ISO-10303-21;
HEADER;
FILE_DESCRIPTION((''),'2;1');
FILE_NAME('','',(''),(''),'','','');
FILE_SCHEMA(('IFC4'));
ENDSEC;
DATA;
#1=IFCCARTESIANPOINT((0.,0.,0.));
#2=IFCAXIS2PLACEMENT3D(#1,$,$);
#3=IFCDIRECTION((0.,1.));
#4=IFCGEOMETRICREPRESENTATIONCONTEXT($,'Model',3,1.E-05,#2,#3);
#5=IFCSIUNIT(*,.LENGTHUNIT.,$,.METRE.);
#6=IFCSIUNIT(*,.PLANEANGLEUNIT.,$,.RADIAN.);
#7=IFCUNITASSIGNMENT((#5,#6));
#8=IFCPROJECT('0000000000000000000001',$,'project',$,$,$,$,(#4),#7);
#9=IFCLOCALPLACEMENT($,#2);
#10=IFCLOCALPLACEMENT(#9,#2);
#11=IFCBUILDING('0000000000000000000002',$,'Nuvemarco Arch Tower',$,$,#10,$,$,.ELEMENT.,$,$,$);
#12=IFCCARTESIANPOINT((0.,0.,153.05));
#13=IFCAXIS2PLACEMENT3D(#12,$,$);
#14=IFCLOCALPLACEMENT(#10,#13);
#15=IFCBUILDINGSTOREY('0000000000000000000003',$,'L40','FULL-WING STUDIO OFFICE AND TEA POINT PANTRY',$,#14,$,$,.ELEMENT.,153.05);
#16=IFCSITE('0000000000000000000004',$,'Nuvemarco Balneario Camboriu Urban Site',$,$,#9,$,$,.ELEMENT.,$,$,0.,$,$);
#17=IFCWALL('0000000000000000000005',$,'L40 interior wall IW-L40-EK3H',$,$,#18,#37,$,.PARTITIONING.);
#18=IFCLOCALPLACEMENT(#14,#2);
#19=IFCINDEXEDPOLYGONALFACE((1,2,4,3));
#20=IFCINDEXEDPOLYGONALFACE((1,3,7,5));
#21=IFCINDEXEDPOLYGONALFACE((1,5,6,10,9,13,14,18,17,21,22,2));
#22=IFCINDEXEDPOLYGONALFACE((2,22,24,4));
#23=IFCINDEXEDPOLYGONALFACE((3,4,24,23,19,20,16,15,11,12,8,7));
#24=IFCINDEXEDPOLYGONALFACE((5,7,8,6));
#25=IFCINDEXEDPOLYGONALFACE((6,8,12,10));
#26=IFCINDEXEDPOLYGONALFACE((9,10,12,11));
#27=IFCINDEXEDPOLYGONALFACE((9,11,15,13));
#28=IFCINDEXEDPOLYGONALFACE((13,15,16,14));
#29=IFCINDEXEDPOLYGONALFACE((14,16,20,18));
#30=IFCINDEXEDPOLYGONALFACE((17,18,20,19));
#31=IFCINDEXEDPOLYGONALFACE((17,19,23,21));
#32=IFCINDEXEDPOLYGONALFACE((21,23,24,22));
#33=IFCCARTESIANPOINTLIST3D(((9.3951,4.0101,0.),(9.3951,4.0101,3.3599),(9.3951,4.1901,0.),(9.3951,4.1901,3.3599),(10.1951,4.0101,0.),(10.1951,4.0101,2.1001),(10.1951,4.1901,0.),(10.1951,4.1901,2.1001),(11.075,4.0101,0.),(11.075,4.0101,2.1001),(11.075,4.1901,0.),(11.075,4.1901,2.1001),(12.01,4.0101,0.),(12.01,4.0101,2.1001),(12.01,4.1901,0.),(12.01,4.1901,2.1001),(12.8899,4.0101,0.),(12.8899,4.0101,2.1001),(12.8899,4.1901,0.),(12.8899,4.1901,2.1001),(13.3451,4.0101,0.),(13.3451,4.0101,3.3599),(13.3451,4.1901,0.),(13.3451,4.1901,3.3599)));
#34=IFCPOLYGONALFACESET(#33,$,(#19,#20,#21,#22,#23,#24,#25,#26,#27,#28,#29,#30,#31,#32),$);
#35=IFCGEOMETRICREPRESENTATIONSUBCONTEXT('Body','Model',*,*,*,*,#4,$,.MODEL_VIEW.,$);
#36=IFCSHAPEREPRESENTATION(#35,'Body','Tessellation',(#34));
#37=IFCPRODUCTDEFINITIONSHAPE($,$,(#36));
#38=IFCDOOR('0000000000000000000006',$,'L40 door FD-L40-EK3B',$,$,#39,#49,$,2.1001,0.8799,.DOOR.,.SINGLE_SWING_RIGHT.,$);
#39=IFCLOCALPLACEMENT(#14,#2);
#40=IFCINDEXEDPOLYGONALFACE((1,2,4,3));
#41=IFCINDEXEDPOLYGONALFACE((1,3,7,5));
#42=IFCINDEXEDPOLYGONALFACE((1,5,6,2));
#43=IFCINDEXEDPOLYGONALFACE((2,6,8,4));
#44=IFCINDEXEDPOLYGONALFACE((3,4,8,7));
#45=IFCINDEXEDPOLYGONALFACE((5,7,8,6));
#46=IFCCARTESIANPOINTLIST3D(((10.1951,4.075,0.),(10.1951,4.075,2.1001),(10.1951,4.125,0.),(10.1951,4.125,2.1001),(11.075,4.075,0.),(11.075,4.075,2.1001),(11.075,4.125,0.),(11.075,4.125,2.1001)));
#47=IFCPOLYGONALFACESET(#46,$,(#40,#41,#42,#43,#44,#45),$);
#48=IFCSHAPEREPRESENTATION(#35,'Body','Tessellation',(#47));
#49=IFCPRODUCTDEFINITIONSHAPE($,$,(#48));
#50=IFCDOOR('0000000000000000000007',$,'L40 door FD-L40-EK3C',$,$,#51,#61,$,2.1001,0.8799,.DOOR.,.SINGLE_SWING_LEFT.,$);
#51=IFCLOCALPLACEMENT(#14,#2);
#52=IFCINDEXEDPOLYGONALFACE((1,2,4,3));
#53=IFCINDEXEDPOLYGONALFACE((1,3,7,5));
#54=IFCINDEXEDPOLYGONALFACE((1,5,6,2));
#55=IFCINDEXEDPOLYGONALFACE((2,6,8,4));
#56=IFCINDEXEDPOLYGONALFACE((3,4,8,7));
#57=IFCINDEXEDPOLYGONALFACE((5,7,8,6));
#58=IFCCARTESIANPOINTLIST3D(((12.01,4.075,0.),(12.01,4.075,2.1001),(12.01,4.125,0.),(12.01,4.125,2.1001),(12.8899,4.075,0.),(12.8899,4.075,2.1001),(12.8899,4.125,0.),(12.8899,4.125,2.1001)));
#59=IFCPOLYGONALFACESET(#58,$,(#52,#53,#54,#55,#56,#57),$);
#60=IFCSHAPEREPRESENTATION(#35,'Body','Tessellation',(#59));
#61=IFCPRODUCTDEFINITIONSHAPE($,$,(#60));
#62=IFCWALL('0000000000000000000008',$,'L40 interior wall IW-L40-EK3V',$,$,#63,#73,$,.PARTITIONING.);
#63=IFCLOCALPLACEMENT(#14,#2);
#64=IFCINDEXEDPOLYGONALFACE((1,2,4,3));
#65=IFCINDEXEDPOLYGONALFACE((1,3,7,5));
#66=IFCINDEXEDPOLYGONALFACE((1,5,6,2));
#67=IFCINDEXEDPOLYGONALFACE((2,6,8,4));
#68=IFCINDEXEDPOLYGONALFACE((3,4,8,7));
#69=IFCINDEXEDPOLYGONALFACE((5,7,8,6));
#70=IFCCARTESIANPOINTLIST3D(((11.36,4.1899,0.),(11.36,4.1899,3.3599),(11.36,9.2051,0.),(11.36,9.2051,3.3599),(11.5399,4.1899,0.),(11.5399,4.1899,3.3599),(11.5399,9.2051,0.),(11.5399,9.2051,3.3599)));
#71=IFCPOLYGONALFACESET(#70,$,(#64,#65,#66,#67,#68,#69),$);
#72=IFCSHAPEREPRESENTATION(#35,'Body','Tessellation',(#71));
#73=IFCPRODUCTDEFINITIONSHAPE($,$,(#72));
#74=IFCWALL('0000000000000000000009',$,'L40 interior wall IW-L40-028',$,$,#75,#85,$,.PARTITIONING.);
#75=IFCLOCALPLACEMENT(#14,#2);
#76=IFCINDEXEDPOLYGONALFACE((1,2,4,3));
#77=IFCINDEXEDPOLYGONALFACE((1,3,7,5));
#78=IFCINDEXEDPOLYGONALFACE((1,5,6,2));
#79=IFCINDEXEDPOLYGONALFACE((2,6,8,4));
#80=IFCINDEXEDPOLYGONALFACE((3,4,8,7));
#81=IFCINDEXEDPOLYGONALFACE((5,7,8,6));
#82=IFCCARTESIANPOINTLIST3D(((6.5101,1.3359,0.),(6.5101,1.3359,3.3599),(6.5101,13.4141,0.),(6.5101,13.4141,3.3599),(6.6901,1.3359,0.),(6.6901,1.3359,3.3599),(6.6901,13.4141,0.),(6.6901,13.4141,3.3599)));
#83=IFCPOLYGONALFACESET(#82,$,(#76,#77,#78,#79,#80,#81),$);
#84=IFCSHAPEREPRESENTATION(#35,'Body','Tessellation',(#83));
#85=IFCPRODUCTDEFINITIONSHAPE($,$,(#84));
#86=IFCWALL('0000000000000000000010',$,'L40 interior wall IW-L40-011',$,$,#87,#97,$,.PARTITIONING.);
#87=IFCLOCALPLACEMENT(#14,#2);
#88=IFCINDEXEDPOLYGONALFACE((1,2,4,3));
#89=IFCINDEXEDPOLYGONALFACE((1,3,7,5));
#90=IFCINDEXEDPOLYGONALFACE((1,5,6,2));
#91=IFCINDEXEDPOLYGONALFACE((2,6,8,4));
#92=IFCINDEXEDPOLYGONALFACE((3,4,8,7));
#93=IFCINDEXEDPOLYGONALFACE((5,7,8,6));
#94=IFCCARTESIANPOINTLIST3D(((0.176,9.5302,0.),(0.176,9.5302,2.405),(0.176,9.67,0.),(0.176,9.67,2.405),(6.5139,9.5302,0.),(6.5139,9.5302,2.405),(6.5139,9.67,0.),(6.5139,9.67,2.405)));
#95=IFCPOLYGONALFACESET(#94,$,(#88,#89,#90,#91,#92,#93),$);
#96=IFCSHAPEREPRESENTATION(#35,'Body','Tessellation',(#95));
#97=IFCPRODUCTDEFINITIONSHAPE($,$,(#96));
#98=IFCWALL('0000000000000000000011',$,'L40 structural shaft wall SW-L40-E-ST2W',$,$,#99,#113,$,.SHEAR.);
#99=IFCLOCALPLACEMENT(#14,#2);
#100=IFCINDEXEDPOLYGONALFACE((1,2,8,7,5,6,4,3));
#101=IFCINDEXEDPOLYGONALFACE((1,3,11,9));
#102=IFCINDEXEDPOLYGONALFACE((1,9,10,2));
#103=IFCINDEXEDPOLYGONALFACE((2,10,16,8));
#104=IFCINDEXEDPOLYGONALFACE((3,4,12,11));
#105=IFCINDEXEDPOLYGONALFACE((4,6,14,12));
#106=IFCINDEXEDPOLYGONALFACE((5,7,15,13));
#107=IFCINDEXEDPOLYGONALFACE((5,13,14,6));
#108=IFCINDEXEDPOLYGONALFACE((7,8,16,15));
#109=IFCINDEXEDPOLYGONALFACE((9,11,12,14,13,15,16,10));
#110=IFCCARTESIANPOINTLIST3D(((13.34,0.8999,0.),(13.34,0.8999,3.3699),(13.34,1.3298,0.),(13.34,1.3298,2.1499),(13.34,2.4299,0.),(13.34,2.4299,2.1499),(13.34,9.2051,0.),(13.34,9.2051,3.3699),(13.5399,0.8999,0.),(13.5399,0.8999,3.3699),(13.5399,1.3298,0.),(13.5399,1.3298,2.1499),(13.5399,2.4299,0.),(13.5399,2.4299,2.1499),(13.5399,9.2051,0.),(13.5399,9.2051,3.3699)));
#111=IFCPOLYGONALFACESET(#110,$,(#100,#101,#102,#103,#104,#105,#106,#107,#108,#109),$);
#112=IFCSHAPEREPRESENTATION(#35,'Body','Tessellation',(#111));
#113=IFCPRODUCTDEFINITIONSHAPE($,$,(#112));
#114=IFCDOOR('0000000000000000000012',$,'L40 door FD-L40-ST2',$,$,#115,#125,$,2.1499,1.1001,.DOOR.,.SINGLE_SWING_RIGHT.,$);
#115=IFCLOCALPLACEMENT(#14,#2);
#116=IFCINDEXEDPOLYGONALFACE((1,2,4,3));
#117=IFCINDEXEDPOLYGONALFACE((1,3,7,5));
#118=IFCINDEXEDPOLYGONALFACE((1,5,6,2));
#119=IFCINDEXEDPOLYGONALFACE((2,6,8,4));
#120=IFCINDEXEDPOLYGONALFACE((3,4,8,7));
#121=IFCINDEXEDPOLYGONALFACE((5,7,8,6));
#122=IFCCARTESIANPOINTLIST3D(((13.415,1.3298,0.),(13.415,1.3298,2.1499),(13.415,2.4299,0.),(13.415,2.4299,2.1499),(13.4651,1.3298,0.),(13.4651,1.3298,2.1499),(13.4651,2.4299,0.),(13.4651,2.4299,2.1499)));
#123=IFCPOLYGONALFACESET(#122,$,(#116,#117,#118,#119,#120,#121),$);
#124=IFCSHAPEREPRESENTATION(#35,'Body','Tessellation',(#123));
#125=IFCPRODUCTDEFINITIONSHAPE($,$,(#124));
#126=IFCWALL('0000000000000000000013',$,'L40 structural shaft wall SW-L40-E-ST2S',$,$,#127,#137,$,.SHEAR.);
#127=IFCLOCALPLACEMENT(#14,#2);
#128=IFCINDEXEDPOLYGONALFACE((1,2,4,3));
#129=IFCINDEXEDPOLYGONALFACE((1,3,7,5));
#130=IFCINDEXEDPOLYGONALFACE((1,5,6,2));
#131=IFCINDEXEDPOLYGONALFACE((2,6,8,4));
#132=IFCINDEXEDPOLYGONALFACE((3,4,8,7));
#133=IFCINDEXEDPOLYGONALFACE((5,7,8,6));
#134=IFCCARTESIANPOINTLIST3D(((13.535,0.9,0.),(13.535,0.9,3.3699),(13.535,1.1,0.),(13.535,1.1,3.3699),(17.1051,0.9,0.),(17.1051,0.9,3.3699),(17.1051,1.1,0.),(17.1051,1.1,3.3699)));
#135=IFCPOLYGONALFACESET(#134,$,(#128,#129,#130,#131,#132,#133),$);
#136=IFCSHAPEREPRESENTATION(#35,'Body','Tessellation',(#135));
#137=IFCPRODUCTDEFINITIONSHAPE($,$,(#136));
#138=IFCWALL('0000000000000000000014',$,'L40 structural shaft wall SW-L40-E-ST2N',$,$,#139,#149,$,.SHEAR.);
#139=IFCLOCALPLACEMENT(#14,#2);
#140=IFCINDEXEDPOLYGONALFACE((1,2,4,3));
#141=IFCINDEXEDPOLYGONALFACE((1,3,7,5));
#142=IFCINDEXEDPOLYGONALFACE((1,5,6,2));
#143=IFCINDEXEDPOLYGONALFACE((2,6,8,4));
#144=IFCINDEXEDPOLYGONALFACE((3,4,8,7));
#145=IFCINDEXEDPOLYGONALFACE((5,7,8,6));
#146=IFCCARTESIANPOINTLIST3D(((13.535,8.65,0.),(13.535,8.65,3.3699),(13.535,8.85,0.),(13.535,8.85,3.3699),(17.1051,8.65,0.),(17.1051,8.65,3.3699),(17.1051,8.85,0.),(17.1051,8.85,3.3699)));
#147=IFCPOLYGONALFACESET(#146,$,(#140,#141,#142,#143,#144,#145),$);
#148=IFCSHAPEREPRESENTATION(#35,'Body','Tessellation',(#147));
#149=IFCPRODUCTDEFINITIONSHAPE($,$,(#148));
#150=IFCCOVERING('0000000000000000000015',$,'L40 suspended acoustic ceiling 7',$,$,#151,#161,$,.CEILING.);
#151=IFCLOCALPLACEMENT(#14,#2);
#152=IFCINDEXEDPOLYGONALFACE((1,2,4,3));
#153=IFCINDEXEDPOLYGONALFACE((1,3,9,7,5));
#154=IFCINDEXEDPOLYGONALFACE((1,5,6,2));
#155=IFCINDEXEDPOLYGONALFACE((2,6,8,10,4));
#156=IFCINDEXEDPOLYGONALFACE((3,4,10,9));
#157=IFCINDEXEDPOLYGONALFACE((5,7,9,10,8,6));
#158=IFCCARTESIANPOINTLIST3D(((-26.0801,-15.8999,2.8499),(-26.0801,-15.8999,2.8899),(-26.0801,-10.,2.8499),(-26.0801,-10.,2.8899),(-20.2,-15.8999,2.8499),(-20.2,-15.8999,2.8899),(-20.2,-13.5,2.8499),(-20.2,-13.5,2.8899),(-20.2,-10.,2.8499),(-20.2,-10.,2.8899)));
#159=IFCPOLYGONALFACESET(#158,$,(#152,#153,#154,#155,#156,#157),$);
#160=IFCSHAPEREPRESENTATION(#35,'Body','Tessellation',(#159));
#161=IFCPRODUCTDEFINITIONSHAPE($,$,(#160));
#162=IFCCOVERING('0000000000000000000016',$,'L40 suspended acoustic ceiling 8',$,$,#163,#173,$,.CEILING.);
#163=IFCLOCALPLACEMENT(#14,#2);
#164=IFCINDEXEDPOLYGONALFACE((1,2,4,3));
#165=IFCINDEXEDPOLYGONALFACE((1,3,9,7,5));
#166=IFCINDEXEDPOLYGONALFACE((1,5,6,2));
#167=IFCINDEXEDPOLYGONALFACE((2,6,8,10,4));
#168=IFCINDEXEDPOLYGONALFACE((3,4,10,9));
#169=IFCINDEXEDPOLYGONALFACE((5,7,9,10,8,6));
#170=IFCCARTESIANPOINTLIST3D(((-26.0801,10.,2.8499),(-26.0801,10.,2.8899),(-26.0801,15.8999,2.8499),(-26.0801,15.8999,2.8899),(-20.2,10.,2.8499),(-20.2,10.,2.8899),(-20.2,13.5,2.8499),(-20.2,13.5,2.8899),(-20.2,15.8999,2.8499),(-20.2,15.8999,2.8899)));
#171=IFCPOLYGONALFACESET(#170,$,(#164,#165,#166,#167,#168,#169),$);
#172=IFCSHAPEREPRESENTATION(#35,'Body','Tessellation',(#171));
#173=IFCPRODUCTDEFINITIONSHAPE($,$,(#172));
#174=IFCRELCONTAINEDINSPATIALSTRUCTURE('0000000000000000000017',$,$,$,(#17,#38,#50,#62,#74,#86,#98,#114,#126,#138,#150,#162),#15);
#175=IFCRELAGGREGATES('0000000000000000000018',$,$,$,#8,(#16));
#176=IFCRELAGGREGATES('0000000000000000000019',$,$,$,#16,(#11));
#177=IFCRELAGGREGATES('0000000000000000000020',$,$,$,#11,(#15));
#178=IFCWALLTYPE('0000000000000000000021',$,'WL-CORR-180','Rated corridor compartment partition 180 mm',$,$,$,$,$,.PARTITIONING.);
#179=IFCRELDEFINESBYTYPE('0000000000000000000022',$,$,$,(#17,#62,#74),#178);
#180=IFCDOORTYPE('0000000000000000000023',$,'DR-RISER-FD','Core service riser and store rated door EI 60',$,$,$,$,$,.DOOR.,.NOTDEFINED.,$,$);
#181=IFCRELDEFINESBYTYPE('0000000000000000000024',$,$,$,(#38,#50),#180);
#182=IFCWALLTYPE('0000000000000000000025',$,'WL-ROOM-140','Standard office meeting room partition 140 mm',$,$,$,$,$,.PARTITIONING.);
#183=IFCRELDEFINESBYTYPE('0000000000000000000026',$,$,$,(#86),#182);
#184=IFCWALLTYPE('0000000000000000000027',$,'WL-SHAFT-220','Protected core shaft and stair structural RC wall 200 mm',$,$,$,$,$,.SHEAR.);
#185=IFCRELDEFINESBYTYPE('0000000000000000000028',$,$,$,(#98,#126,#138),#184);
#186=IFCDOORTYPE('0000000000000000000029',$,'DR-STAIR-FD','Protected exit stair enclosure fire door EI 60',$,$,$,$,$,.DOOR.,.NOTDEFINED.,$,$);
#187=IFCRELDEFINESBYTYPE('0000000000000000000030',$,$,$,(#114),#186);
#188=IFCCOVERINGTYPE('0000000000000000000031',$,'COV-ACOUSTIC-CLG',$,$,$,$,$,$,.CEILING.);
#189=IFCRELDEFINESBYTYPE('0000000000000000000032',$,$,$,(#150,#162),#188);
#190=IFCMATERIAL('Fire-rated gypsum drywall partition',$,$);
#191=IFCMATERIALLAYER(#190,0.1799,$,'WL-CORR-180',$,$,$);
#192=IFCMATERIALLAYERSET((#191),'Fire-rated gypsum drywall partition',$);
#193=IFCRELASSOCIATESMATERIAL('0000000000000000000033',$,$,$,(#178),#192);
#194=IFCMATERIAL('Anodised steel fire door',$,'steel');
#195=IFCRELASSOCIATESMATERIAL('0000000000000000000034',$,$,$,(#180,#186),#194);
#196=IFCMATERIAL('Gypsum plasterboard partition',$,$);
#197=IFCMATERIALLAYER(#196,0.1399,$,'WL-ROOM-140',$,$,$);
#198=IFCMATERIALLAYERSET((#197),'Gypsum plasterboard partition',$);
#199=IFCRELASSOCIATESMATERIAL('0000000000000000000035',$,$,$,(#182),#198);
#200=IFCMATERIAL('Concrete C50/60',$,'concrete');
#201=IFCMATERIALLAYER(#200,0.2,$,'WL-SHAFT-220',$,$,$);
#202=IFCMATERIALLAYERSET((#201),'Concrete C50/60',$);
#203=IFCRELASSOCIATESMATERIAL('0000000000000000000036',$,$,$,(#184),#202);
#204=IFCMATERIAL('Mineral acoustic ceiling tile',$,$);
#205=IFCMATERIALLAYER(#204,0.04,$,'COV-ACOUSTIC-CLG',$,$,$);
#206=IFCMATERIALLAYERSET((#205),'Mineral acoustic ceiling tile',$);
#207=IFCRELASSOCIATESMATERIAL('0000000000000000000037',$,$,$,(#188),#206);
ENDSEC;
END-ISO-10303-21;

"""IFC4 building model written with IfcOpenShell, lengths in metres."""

from ifc_helpers import new_model, si_unit, direction, frame, frame_2d, origin, place, context, subcontext, project, spatial, polyline, rectangle, outline, extrude, source, transform, mapped, material, layer, layer_set, type_object, type_shapes, element, fill, save


model = new_model("IFC4")

# Units and contexts
model_context = context("Model", 3, precision=1e-05, world=origin(), true_north=direction((0.0, 1.0)))
body_context = subcontext(model_context, "Body", "Model", "MODEL_VIEW")
ifc_project = project(units=[si_unit("LENGTHUNIT", "METRE"), si_unit("PLANEANGLEUNIT", "RADIAN")], contexts=[model_context])

# Site, building, storey
site_placement = place(None, origin())
site = spatial("IfcSite", under=ifc_project, at=site_placement, Name="Nuvemarco Balneario Camboriu Urban Site", CompositionType="ELEMENT", RefElevation=0.0)
building_placement = place(site_placement, origin())
building = spatial("IfcBuilding", under=site, at=building_placement, Name="Nuvemarco Arch Tower", CompositionType="ELEMENT")
storey_placement = place(building_placement, frame((0.0, 0.0, 153.05)))
storey = spatial("IfcBuildingStorey", under=building, at=storey_placement, Name="L40", Description="FULL-WING STUDIO OFFICE AND TEA POINT PANTRY", CompositionType="ELEMENT", Elevation=153.05)

# Shared definitions
ifc_material_1 = material(Name="Concrete C50/60", Category="concrete")

# Shared definitions
ifc_material_2 = material(Name="Fire-rated gypsum drywall partition")
ifc_layer_1 = layer(ifc_material_2, 0.1799, Name="WL-CORR-180")
ifc_layer_set_1 = layer_set([ifc_layer_1], Name="Fire-rated gypsum drywall partition")
wall_type_1 = type_object("IfcWallType", Name="WL-CORR-180", Description="Rated corridor compartment partition 180 mm", PredefinedType="PARTITIONING", material=ifc_layer_set_1)
ifc_material_3 = material(Name="Anodised steel fire door", Category="steel")
door_type_1 = type_object("IfcDoorType", Name="DR-RISER-FD", Description="Core service riser and store rated door EI 60", OperationType="NOTDEFINED", PredefinedType="DOOR", material=ifc_material_3)
shared_shape_1 = source(origin(), body_context, "Body", "SweptSolid", [
    extrude(rectangle(XDim=0.8799, YDim=2.1001, at=frame_2d((0.4399, 1.05))), frame((0.0, 0.0249, 0.0), z_axis=(0.0, -1.0, 0.0), x_axis=(1.0, 0.0, 0.0)), (0.0, 0.0, 1.0), 0.05),
])
type_shapes(door_type_1, [shared_shape_1])

# Wall, openings, doors
wall_1_placement = place(storey_placement, frame((9.395, 4.1001, 0.0), z_axis=(0.0, 0.0, 1.0), x_axis=(1.0, 0.0, 0.0)))
wall_1 = element("IfcWall", 1, at=wall_1_placement, inside=storey, type_object=wall_type_1, Name="L40 interior wall IW-L40-EK3H", PredefinedType="PARTITIONING", context=body_context, shape_type="SweptSolid", body=[
    extrude(rectangle(XDim=3.95, YDim=0.1799, at=frame_2d((1.9751, 0.0))), origin(), (0.0, 0.0, 1.0), 3.3599),
])
opening_1_placement = place(wall_1_placement, frame((0.8, 0.0, 0.0)))
opening_1 = element("IfcOpeningElement", 2, at=opening_1_placement, cuts=wall_1, PredefinedType="OPENING", context=body_context, shape_type="SweptSolid", body=[
    extrude(rectangle(XDim=0.8799, YDim=2.1001, at=frame_2d((0.4399, 1.05))), frame((0.0, 0.0999, 0.0), z_axis=(0.0, -1.0, 0.0), x_axis=(1.0, 0.0, 0.0)), (0.0, 0.0, 1.0), 0.2),
])
opening_2_placement = place(wall_1_placement, frame((2.615, 0.0, 0.0)))
opening_2 = element("IfcOpeningElement", 3, at=opening_2_placement, cuts=wall_1, PredefinedType="OPENING", context=body_context, shape_type="SweptSolid", body=[
    extrude(rectangle(XDim=0.8799, YDim=2.1001, at=frame_2d((0.4399, 1.05))), frame((0.0, 0.0999, 0.0), z_axis=(0.0, -1.0, 0.0), x_axis=(1.0, 0.0, 0.0)), (0.0, 0.0, 1.0), 0.2),
])
door_1_placement = place(opening_1_placement, origin())
door_1 = element("IfcDoor", 4, at=door_1_placement, inside=storey, type_object=door_type_1, Name="L40 door FD-L40-EK3B", OperationType="SINGLE_SWING_RIGHT", OverallHeight=2.1001, OverallWidth=0.8799, PredefinedType="DOOR", context=body_context, shape_type="MappedRepresentation", body=[
    mapped(shared_shape_1, transform((0.0, 0.0, 0.0), scale=1.0)),
])
fill(opening_1, door_1)
door_2_placement = place(opening_2_placement, origin())
door_2 = element("IfcDoor", 5, at=door_2_placement, inside=storey, type_object=door_type_1, Name="L40 door FD-L40-EK3C", OperationType="SINGLE_SWING_LEFT", OverallHeight=2.1001, OverallWidth=0.8799, PredefinedType="DOOR", context=body_context, shape_type="MappedRepresentation", body=[
    mapped(shared_shape_1, transform((0.0, 0.0, 0.0), scale=1.0)),
])
fill(opening_2, door_2)

# Walls
wall_2_placement = place(storey_placement, frame((11.45, 4.1899, 0.0), z_axis=(0.0, 0.0, 1.0), x_axis=(0.0, 1.0, 0.0)))
element("IfcWall", 6, at=wall_2_placement, inside=storey, type_object=wall_type_1, Name="L40 interior wall IW-L40-EK3V", PredefinedType="PARTITIONING", context=body_context, shape_type="SweptSolid", body=[
    extrude(rectangle(XDim=5.0151, YDim=0.1799, at=frame_2d((2.5076, 0.0))), origin(), (0.0, 0.0, 1.0), 3.3599),
])
wall_3_placement = place(storey_placement, frame((6.6001, 1.3359, 0.0), z_axis=(0.0, 0.0, 1.0), x_axis=(0.0, 1.0, 0.0)))
element("IfcWall", 7, at=wall_3_placement, inside=storey, type_object=wall_type_1, Name="L40 interior wall IW-L40-028", PredefinedType="PARTITIONING", context=body_context, shape_type="SweptSolid", body=[
    extrude(rectangle(XDim=12.0781, YDim=0.1799, at=frame_2d((6.0391, 0.0))), origin(), (0.0, 0.0, 1.0), 3.3599),
])
ifc_material_4 = material(Name="Gypsum plasterboard partition")
ifc_layer_2 = layer(ifc_material_4, 0.1399, Name="WL-ROOM-140")
ifc_layer_set_2 = layer_set([ifc_layer_2], Name="Gypsum plasterboard partition")
wall_type_2 = type_object("IfcWallType", Name="WL-ROOM-140", Description="Standard office meeting room partition 140 mm", PredefinedType="PARTITIONING", material=ifc_layer_set_2)
wall_4_placement = place(storey_placement, frame((0.176, 9.6001, 0.0), z_axis=(0.0, 0.0, 1.0), x_axis=(1.0, 0.0, 0.0)))
element("IfcWall", 8, at=wall_4_placement, inside=storey, type_object=wall_type_2, Name="L40 interior wall IW-L40-011", PredefinedType="PARTITIONING", context=body_context, shape_type="SweptSolid", body=[
    extrude(rectangle(XDim=6.3379, YDim=0.1399, at=frame_2d((3.1689, 0.0))), origin(), (0.0, 0.0, 1.0), 2.405),
])

# Wall, opening, door
ifc_layer_3 = layer(ifc_material_1, 0.2, Name="WL-SHAFT-220")
ifc_layer_set_3 = layer_set([ifc_layer_3], Name="Concrete C50/60")
wall_type_3 = type_object("IfcWallType", Name="WL-SHAFT-220", Description="Protected core shaft and stair structural RC wall 200 mm", PredefinedType="SHEAR", material=ifc_layer_set_3)
wall_5_placement = place(storey_placement, frame((13.4399, 0.8999, 0.0), z_axis=(0.0, 0.0, 1.0), x_axis=(0.0, 1.0, 0.0)))
wall_5 = element("IfcWall", 9, at=wall_5_placement, inside=storey, type_object=wall_type_3, Name="L40 structural shaft wall SW-L40-E-ST2W", PredefinedType="SHEAR", context=body_context, shape_type="SweptSolid", body=[
    extrude(rectangle(XDim=8.3052, YDim=0.2, at=frame_2d((4.1526, 0.0))), origin(), (0.0, 0.0, 1.0), 3.3699),
])
opening_3_placement = place(wall_5_placement, frame((0.4299, 0.0, 0.0)))
opening_3 = element("IfcOpeningElement", 10, at=opening_3_placement, cuts=wall_5, PredefinedType="OPENING", context=body_context, shape_type="SweptSolid", body=[
    extrude(rectangle(XDim=1.1001, YDim=2.1499, at=frame_2d((0.55, 1.075))), frame((0.0, 0.1099, 0.0), z_axis=(0.0, -1.0, 0.0), x_axis=(1.0, 0.0, 0.0)), (0.0, 0.0, 1.0), 0.22),
])
door_type_2 = type_object("IfcDoorType", Name="DR-STAIR-FD", Description="Protected exit stair enclosure fire door EI 60", OperationType="NOTDEFINED", PredefinedType="DOOR", material=ifc_material_3)
shared_shape_2 = source(origin(), body_context, "Body", "SweptSolid", [
    extrude(rectangle(XDim=1.1001, YDim=2.1499, at=frame_2d((0.55, 1.075))), frame((0.0, 0.0249, 0.0), z_axis=(0.0, -1.0, 0.0), x_axis=(1.0, 0.0, 0.0)), (0.0, 0.0, 1.0), 0.05),
])
type_shapes(door_type_2, [shared_shape_2])
door_3_placement = place(opening_3_placement, origin())
door_3 = element("IfcDoor", 11, at=door_3_placement, inside=storey, type_object=door_type_2, Name="L40 door FD-L40-ST2", OperationType="SINGLE_SWING_RIGHT", OverallHeight=2.1499, OverallWidth=1.1001, PredefinedType="DOOR", context=body_context, shape_type="MappedRepresentation", body=[
    mapped(shared_shape_2, transform((0.0, 0.0, 0.0), scale=1.0)),
])
fill(opening_3, door_3)

# Walls
for number, where, z_axis, x_axis, name in (
    (12, (13.5349, 1.0, 0.0), (0.0, 0.0, 1.0), (1.0, 0.0, 0.0), "L40 structural shaft wall SW-L40-E-ST2S"),
    (13, (13.5349, 8.75, 0.0), (0.0, 0.0, 1.0), (1.0, 0.0, 0.0), "L40 structural shaft wall SW-L40-E-ST2N"),
):
    element("IfcWall", number, at=place(storey_placement, frame(where, z_axis=z_axis, x_axis=x_axis)), inside=storey, type_object=wall_type_3, Name=name, PredefinedType="SHEAR", context=body_context, shape_type="SweptSolid", body=[
        extrude(rectangle(XDim=3.5701, YDim=0.2, at=frame_2d((1.7852, 0.0))), origin(), (0.0, 0.0, 1.0), 3.3699),
    ])

# Coverings
ifc_material_5 = material(Name="Mineral acoustic ceiling tile")
ifc_layer_4 = layer(ifc_material_5, 0.04, Name="COV-ACOUSTIC-CLG")
ifc_layer_set_4 = layer_set([ifc_layer_4], Name="Mineral acoustic ceiling tile")
covering_type_1 = type_object("IfcCoveringType", Name="COV-ACOUSTIC-CLG", PredefinedType="CEILING", material=ifc_layer_set_4)
covering_1_placement = place(storey_placement, frame((0.0, 0.0, 2.8499)))
element("IfcCovering", 14, at=covering_1_placement, inside=storey, type_object=covering_type_1, Name="L40 suspended acoustic ceiling 7", PredefinedType="CEILING", context=body_context, shape_type="SweptSolid", body=[
    extrude(outline(polyline([(-20.2, -13.5), (-20.2, -15.8999), (-26.0801, -15.8999), (-26.0801, -10.0), (-20.2, -10.0), (-20.2, -13.5)])), origin(), (0.0, 0.0, 1.0), 0.04),
])
covering_2_placement = place(storey_placement, frame((0.0, 0.0, 2.8499)))
element("IfcCovering", 15, at=covering_2_placement, inside=storey, type_object=covering_type_1, Name="L40 suspended acoustic ceiling 8", PredefinedType="CEILING", context=body_context, shape_type="SweptSolid", body=[
    extrude(outline(polyline([(-20.2, 15.8999), (-20.2, 13.5), (-20.2, 10.0), (-26.0801, 10.0), (-26.0801, 15.8999), (-20.2, 15.8999)])), origin(), (0.0, 0.0, 1.0), 0.04),
])

save(model, "model.ifc")
